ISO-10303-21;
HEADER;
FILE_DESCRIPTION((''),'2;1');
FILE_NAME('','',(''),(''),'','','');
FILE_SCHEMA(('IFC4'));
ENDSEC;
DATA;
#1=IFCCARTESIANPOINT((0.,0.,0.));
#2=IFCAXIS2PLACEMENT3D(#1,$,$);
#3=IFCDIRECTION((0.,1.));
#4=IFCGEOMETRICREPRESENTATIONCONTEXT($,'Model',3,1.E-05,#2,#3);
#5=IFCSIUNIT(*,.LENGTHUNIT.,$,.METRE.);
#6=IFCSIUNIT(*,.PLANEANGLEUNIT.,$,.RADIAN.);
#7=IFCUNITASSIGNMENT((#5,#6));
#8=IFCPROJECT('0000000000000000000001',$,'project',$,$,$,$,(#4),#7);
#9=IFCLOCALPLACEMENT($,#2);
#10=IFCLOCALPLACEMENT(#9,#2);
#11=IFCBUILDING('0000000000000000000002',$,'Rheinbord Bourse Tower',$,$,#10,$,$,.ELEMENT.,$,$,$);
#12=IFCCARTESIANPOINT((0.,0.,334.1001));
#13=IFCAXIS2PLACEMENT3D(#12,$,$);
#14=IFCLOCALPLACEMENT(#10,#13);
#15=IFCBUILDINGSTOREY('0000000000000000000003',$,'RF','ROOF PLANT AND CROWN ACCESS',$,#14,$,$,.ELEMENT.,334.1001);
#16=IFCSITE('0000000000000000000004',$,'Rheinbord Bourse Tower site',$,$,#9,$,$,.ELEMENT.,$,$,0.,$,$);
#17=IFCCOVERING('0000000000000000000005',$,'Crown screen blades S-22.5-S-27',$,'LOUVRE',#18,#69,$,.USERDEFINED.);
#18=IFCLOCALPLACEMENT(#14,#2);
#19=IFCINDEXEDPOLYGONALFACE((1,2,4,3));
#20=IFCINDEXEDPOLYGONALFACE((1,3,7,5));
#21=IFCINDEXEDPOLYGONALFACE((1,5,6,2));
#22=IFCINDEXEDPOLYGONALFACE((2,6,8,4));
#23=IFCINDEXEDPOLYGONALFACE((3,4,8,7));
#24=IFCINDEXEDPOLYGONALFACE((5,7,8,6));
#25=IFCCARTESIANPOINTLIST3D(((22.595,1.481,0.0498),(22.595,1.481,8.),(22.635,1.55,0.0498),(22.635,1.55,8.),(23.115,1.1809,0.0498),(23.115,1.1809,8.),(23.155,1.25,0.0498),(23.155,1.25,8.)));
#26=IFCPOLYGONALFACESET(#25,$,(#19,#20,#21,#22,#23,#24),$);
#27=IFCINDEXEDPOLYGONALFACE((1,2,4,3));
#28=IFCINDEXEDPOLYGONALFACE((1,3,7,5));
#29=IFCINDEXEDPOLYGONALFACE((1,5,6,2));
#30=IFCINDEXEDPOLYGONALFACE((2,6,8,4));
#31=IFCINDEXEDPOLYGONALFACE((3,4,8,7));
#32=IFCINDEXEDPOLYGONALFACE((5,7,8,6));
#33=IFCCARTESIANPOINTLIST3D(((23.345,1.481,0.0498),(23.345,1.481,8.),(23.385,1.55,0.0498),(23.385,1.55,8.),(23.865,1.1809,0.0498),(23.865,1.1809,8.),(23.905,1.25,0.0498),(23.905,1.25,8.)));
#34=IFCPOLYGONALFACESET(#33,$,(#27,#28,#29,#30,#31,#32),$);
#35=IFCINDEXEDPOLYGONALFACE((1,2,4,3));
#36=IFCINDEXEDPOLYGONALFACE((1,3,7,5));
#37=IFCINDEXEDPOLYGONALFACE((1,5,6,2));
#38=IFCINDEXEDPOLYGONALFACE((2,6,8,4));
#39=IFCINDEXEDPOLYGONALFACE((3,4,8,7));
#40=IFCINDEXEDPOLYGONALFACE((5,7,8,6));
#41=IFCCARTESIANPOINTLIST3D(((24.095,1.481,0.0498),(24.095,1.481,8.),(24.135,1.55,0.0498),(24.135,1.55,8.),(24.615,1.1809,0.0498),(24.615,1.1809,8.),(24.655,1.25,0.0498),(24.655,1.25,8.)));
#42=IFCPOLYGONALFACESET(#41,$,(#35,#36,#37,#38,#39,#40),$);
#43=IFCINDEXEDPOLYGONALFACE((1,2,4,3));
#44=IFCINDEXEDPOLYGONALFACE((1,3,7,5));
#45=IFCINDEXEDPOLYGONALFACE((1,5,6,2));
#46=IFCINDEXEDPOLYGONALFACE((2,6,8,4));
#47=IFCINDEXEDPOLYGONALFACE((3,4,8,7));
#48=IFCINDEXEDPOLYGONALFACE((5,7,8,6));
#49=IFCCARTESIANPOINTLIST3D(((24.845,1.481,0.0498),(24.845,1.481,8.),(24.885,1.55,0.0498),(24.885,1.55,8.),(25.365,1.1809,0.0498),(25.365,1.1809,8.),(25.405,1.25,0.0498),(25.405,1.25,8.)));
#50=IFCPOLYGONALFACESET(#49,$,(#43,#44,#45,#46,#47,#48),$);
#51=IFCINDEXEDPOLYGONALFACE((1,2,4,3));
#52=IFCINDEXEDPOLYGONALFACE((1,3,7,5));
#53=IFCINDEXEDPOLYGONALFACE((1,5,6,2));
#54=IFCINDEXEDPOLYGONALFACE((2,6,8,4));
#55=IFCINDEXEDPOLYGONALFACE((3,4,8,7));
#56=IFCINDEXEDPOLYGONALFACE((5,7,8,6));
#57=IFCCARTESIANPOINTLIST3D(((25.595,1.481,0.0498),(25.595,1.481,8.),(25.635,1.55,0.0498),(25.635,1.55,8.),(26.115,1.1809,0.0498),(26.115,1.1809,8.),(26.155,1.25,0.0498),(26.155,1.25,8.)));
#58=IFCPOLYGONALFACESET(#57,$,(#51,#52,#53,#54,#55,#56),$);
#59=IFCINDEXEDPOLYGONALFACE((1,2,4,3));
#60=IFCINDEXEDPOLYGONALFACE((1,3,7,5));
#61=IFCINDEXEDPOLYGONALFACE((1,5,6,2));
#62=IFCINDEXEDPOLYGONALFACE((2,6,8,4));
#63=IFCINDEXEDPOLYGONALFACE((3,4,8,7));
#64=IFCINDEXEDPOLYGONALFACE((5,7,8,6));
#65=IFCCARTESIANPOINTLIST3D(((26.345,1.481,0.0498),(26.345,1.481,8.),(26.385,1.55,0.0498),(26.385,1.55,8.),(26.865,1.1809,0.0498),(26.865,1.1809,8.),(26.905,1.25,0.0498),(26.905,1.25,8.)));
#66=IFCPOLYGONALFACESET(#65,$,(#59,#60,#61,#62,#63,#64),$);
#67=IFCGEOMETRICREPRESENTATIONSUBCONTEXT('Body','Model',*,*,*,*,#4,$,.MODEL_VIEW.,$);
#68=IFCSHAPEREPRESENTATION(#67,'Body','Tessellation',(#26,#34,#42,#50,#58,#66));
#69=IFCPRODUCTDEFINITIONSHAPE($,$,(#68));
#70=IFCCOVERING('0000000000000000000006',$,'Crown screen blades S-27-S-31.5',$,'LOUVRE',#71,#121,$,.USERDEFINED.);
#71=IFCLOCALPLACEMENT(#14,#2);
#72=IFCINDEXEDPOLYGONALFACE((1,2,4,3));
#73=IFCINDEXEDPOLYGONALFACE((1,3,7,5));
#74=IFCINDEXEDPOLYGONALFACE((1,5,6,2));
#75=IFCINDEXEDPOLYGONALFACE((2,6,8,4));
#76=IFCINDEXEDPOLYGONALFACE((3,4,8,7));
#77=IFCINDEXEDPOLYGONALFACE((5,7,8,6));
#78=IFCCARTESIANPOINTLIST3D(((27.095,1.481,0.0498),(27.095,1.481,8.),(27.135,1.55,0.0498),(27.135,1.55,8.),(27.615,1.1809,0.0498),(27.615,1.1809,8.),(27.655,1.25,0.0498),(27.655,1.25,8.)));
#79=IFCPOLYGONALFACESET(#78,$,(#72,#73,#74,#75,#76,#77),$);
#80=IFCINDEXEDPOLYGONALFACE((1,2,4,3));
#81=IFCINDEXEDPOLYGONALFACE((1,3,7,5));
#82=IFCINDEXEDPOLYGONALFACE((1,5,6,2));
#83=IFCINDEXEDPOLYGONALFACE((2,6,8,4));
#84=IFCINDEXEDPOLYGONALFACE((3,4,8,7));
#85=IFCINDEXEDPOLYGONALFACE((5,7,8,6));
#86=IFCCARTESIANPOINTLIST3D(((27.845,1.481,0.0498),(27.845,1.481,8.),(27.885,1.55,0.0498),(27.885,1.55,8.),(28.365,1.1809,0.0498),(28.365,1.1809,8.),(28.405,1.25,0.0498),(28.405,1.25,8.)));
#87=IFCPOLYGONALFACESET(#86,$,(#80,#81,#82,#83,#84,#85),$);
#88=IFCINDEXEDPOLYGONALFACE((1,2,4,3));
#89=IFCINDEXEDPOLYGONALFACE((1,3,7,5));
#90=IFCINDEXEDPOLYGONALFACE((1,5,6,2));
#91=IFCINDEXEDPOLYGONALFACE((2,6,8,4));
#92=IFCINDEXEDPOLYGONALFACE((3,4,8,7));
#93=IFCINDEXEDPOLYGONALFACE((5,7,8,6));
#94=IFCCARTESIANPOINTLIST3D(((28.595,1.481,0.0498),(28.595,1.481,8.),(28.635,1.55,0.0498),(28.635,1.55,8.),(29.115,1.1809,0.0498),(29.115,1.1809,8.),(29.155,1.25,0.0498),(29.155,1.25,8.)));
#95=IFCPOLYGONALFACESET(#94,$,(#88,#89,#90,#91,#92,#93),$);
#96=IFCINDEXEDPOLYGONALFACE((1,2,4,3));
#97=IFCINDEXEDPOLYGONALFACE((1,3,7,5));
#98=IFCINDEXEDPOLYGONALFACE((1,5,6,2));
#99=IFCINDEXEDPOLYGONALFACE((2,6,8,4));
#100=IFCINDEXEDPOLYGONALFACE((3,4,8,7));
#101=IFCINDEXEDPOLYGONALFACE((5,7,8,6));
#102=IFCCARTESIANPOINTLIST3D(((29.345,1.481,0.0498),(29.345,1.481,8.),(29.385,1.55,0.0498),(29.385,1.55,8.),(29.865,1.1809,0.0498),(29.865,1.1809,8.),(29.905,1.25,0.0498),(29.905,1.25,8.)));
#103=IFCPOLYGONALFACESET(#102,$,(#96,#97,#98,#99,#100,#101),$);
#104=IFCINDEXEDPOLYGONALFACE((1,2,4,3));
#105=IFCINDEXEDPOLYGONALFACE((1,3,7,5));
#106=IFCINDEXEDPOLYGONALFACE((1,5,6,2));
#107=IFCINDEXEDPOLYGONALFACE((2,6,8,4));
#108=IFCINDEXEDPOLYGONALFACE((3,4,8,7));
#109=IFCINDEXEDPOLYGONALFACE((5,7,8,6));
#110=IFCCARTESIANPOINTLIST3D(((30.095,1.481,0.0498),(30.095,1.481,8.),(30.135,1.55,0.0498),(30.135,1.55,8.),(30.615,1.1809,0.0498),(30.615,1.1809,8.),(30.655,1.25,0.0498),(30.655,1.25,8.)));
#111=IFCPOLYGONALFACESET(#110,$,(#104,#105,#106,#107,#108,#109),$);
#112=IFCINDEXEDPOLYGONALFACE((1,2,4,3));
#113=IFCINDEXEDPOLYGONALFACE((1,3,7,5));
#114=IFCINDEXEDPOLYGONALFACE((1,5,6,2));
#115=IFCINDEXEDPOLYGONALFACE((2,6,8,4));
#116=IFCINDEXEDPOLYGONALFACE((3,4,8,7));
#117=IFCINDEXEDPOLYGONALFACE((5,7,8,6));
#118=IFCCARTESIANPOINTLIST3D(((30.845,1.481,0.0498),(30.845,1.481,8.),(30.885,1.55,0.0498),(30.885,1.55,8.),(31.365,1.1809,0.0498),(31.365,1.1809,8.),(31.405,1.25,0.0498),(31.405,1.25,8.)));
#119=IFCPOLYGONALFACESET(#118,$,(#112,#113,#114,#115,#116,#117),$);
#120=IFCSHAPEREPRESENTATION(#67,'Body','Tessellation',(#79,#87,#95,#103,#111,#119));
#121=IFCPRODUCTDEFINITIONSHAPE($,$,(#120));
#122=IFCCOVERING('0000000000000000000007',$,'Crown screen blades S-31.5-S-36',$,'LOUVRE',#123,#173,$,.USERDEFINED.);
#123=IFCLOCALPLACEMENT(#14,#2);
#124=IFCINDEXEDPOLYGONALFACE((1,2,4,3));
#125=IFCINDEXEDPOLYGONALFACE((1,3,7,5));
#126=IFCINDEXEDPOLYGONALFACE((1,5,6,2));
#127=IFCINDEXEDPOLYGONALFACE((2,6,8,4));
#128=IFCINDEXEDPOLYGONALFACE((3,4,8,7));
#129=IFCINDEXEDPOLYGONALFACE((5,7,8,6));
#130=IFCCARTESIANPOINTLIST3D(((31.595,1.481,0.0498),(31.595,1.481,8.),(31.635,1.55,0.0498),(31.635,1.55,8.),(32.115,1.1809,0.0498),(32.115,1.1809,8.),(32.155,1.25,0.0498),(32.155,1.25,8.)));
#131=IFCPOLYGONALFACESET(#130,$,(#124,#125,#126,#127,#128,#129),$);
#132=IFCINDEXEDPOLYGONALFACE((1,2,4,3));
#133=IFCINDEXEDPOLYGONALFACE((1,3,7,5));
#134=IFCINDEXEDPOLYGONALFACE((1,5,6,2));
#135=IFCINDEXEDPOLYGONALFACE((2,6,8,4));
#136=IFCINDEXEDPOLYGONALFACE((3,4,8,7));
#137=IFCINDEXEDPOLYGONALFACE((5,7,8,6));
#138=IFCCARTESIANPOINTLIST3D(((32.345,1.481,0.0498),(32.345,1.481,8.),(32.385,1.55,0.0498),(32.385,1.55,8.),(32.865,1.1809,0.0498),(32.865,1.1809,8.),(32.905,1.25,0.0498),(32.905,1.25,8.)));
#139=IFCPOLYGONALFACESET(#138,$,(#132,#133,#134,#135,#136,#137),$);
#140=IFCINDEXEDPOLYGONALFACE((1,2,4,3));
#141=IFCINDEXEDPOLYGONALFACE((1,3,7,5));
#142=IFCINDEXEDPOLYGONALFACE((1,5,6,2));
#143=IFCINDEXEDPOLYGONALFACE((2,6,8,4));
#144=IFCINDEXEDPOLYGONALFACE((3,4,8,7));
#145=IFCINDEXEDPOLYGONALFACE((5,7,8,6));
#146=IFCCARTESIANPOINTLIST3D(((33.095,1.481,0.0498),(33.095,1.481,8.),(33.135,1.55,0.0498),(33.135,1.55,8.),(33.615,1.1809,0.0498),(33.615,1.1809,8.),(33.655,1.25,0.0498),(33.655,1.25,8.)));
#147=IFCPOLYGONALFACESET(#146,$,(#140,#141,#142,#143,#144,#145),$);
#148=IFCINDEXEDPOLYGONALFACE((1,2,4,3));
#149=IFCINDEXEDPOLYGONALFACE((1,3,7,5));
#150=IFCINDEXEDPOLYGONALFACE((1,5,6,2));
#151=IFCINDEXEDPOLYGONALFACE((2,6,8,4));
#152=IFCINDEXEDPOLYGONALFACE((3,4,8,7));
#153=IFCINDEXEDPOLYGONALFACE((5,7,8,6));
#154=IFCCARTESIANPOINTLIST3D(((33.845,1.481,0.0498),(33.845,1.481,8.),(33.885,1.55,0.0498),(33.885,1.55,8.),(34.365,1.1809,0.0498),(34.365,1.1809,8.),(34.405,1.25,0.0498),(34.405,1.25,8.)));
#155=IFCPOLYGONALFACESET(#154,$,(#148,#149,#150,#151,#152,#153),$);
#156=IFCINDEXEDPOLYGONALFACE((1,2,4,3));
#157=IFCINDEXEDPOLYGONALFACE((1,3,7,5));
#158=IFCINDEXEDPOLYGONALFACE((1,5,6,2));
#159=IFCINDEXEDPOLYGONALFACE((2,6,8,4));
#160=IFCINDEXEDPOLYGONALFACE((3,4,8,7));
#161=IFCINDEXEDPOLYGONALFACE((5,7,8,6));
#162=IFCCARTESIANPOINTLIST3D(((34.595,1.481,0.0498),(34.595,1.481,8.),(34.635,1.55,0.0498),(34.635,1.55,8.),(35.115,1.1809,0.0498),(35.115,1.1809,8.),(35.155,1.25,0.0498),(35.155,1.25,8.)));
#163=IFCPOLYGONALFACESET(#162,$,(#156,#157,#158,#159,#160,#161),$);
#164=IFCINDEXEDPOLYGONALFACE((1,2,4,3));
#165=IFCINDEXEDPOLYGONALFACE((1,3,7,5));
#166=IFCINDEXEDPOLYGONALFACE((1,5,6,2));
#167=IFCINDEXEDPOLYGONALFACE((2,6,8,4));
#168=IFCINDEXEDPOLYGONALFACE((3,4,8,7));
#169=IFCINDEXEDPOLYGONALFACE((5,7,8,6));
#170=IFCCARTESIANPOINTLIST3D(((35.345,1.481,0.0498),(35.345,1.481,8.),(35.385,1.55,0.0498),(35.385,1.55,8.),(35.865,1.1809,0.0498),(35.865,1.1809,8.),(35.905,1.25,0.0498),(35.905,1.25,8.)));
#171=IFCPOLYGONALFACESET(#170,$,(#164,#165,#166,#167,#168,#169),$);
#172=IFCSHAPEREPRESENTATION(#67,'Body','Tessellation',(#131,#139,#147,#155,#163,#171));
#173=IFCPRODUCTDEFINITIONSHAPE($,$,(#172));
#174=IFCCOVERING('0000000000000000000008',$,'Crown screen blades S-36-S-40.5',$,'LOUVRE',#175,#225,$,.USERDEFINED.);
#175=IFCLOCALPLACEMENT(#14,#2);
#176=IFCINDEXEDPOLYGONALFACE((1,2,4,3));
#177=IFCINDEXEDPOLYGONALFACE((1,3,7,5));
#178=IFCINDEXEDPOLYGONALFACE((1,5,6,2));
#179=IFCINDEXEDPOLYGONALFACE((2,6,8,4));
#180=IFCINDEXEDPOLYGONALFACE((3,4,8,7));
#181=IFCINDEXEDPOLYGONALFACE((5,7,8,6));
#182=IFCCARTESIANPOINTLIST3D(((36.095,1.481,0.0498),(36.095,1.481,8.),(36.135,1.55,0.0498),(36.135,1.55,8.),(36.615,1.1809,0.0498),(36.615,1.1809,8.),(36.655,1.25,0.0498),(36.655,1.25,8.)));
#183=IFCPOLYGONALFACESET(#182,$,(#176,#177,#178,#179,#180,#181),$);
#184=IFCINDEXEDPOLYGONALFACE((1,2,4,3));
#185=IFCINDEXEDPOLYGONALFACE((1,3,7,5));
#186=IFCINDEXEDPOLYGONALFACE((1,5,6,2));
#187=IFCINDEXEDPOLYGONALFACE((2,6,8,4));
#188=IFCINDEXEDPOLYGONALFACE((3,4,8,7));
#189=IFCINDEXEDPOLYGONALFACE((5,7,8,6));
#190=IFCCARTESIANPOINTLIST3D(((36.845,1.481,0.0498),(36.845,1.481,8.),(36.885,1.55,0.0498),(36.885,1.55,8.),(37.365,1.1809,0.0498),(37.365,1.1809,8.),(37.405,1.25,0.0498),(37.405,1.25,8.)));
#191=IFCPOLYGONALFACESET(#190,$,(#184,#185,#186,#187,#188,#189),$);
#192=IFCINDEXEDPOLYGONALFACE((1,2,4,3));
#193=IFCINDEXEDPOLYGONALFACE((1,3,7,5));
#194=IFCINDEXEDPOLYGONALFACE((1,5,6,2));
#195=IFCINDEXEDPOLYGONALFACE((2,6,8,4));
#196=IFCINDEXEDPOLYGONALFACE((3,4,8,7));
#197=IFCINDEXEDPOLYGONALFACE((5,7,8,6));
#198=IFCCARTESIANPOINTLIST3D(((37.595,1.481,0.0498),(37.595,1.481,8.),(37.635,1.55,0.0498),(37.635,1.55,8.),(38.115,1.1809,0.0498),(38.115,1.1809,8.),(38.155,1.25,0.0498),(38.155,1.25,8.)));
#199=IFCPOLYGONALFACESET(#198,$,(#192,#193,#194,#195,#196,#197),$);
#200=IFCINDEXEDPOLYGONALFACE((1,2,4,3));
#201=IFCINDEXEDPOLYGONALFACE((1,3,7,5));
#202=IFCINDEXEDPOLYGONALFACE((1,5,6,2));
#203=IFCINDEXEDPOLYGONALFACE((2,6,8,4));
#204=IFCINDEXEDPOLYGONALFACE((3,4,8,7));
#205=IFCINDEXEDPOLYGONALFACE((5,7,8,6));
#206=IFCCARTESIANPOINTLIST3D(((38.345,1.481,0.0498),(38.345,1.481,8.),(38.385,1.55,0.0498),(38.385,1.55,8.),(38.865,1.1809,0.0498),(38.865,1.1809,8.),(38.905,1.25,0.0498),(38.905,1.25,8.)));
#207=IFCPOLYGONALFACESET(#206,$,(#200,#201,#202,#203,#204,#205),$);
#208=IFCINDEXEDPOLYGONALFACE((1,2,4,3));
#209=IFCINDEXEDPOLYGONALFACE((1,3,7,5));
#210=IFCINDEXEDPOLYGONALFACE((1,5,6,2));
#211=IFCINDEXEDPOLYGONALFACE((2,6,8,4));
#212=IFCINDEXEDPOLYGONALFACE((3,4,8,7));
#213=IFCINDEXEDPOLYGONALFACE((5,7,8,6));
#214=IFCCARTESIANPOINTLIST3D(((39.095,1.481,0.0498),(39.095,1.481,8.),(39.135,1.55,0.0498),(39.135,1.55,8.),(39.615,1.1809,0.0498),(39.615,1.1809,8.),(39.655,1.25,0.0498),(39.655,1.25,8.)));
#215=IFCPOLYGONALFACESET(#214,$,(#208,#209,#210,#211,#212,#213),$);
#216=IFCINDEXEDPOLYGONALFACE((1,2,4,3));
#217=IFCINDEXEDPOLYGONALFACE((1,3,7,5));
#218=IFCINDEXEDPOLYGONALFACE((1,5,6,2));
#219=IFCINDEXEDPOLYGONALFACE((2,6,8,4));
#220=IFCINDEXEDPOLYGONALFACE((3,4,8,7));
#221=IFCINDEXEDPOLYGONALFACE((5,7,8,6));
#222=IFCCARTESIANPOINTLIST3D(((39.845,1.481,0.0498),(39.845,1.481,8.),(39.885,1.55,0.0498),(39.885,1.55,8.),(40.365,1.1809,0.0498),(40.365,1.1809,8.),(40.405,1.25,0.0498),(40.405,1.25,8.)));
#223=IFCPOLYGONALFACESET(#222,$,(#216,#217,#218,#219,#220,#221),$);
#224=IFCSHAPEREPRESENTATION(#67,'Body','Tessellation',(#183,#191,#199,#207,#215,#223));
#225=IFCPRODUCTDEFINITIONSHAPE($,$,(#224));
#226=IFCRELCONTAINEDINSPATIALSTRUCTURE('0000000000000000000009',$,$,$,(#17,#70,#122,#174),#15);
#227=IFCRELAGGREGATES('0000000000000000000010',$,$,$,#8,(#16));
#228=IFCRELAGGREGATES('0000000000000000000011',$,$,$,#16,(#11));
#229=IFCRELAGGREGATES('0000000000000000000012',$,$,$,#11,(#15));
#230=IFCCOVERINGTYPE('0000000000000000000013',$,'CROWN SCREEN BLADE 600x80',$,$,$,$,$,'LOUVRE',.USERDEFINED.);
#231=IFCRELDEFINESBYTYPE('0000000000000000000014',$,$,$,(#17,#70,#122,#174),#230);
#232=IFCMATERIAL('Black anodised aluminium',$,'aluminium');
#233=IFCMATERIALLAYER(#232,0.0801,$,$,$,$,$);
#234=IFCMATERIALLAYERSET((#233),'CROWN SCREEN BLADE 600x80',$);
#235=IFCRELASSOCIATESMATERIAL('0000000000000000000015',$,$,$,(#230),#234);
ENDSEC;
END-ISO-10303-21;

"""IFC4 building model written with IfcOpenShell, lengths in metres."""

from ifc_helpers import new_model, si_unit, direction, frame, origin, place, context, subcontext, project, spatial, polyline, outline, extrude, material, layer, layer_set, type_object, element, save


model = new_model("IFC4")

# Units and contexts
model_context = context("Model", 3, precision=1e-05, world=origin(), true_north=direction((0.0, 1.0)))
body_context = subcontext(model_context, "Body", "Model", "MODEL_VIEW")
ifc_project = project(units=[si_unit("LENGTHUNIT", "METRE"), si_unit("PLANEANGLEUNIT", "RADIAN")], contexts=[model_context])

# Site, building, storey
site_placement = place(None, origin())
site = spatial("IfcSite", under=ifc_project, at=site_placement, Name="Rheinbord Bourse Tower site", CompositionType="ELEMENT", RefElevation=0.0)
building_placement = place(site_placement, origin())
building = spatial("IfcBuilding", under=site, at=building_placement, Name="Rheinbord Bourse Tower", CompositionType="ELEMENT")
storey_placement = place(building_placement, frame((0.0, 0.0, 334.1001)))
storey = spatial("IfcBuildingStorey", under=building, at=storey_placement, Name="RF", Description="ROOF PLANT AND CROWN ACCESS", CompositionType="ELEMENT", Elevation=334.1001)

# Coverings
ifc_material = material(Name="Black anodised aluminium", Category="aluminium")
ifc_layer = layer(ifc_material, 0.0801)
ifc_layer_set = layer_set([ifc_layer], Name="CROWN SCREEN BLADE 600x80")
covering_type = type_object("IfcCoveringType", Name="CROWN SCREEN BLADE 600x80", ElementType="LOUVRE", PredefinedType="USERDEFINED", material=ifc_layer_set)
covering_1_placement = place(storey_placement, frame((0.0, 0.0, 0.0498)))
element("IfcCovering", 1, at=covering_1_placement, inside=storey, type_object=covering_type, Name="Crown screen blades S-22.5-S-27", ObjectType="LOUVRE", PredefinedType="USERDEFINED", context=body_context, shape_type="SweptSolid", body=[
    extrude(outline(polyline([(22.635, 1.55), (23.155, 1.25), (23.115, 1.1809), (22.595, 1.481), (22.635, 1.55)])), origin(), (0.0, 0.0, 1.0), 7.9502),
    extrude(outline(polyline([(23.385, 1.55), (23.905, 1.25), (23.865, 1.1809), (23.345, 1.481), (23.385, 1.55)])), origin(), (0.0, 0.0, 1.0), 7.9502),
    extrude(outline(polyline([(24.135, 1.55), (24.655, 1.25), (24.615, 1.1809), (24.095, 1.481), (24.135, 1.55)])), origin(), (0.0, 0.0, 1.0), 7.9502),
    extrude(outline(polyline([(24.885, 1.55), (25.405, 1.25), (25.365, 1.1809), (24.845, 1.481), (24.885, 1.55)])), origin(), (0.0, 0.0, 1.0), 7.9502),
    extrude(outline(polyline([(25.635, 1.55), (26.155, 1.25), (26.115, 1.1809), (25.595, 1.481), (25.635, 1.55)])), origin(), (0.0, 0.0, 1.0), 7.9502),
    extrude(outline(polyline([(26.385, 1.55), (26.905, 1.25), (26.865, 1.1809), (26.345, 1.481), (26.385, 1.55)])), origin(), (0.0, 0.0, 1.0), 7.9502),
])
covering_2_placement = place(storey_placement, frame((0.0, 0.0, 0.0498)))
element("IfcCovering", 2, at=covering_2_placement, inside=storey, type_object=covering_type, Name="Crown screen blades S-27-S-31.5", ObjectType="LOUVRE", PredefinedType="USERDEFINED", context=body_context, shape_type="SweptSolid", body=[
    extrude(outline(polyline([(27.135, 1.55), (27.655, 1.25), (27.615, 1.1809), (27.095, 1.481), (27.135, 1.55)])), origin(), (0.0, 0.0, 1.0), 7.9502),
    extrude(outline(polyline([(27.885, 1.55), (28.405, 1.25), (28.365, 1.1809), (27.845, 1.481), (27.885, 1.55)])), origin(), (0.0, 0.0, 1.0), 7.9502),
    extrude(outline(polyline([(28.635, 1.55), (29.155, 1.25), (29.115, 1.1809), (28.595, 1.481), (28.635, 1.55)])), origin(), (0.0, 0.0, 1.0), 7.9502),
    extrude(outline(polyline([(29.385, 1.55), (29.905, 1.25), (29.865, 1.1809), (29.345, 1.481), (29.385, 1.55)])), origin(), (0.0, 0.0, 1.0), 7.9502),
    extrude(outline(polyline([(30.135, 1.55), (30.655, 1.25), (30.615, 1.1809), (30.095, 1.481), (30.135, 1.55)])), origin(), (0.0, 0.0, 1.0), 7.9502),
    extrude(outline(polyline([(30.885, 1.55), (31.405, 1.25), (31.365, 1.1809), (30.845, 1.481), (30.885, 1.55)])), origin(), (0.0, 0.0, 1.0), 7.9502),
])
covering_3_placement = place(storey_placement, frame((0.0, 0.0, 0.0498)))
element("IfcCovering", 3, at=covering_3_placement, inside=storey, type_object=covering_type, Name="Crown screen blades S-31.5-S-36", ObjectType="LOUVRE", PredefinedType="USERDEFINED", context=body_context, shape_type="SweptSolid", body=[
    extrude(outline(polyline([(31.635, 1.55), (32.155, 1.25), (32.115, 1.1809), (31.595, 1.481), (31.635, 1.55)])), origin(), (0.0, 0.0, 1.0), 7.9502),
    extrude(outline(polyline([(32.385, 1.55), (32.905, 1.25), (32.865, 1.1809), (32.345, 1.481), (32.385, 1.55)])), origin(), (0.0, 0.0, 1.0), 7.9502),
    extrude(outline(polyline([(33.135, 1.55), (33.655, 1.25), (33.615, 1.1809), (33.095, 1.481), (33.135, 1.55)])), origin(), (0.0, 0.0, 1.0), 7.9502),
    extrude(outline(polyline([(33.885, 1.55), (34.405, 1.25), (34.365, 1.1809), (33.845, 1.481), (33.885, 1.55)])), origin(), (0.0, 0.0, 1.0), 7.9502),
    extrude(outline(polyline([(34.635, 1.55), (35.155, 1.25), (35.115, 1.1809), (34.595, 1.481), (34.635, 1.55)])), origin(), (0.0, 0.0, 1.0), 7.9502),
    extrude(outline(polyline([(35.385, 1.55), (35.905, 1.25), (35.865, 1.1809), (35.345, 1.481), (35.385, 1.55)])), origin(), (0.0, 0.0, 1.0), 7.9502),
])
covering_4_placement = place(storey_placement, frame((0.0, 0.0, 0.0498)))
element("IfcCovering", 4, at=covering_4_placement, inside=storey, type_object=covering_type, Name="Crown screen blades S-36-S-40.5", ObjectType="LOUVRE", PredefinedType="USERDEFINED", context=body_context, shape_type="SweptSolid", body=[
    extrude(outline(polyline([(36.135, 1.55), (36.655, 1.25), (36.615, 1.1809), (36.095, 1.481), (36.135, 1.55)])), origin(), (0.0, 0.0, 1.0), 7.9502),
    extrude(outline(polyline([(36.885, 1.55), (37.405, 1.25), (37.365, 1.1809), (36.845, 1.481), (36.885, 1.55)])), origin(), (0.0, 0.0, 1.0), 7.9502),
    extrude(outline(polyline([(37.635, 1.55), (38.155, 1.25), (38.115, 1.1809), (37.595, 1.481), (37.635, 1.55)])), origin(), (0.0, 0.0, 1.0), 7.9502),
    extrude(outline(polyline([(38.385, 1.55), (38.905, 1.25), (38.865, 1.1809), (38.345, 1.481), (38.385, 1.55)])), origin(), (0.0, 0.0, 1.0), 7.9502),
    extrude(outline(polyline([(39.135, 1.55), (39.655, 1.25), (39.615, 1.1809), (39.095, 1.481), (39.135, 1.55)])), origin(), (0.0, 0.0, 1.0), 7.9502),
    extrude(outline(polyline([(39.885, 1.55), (40.405, 1.25), (40.365, 1.1809), (39.845, 1.481), (39.885, 1.55)])), origin(), (0.0, 0.0, 1.0), 7.9502),
])

save(model, "model.ifc")
